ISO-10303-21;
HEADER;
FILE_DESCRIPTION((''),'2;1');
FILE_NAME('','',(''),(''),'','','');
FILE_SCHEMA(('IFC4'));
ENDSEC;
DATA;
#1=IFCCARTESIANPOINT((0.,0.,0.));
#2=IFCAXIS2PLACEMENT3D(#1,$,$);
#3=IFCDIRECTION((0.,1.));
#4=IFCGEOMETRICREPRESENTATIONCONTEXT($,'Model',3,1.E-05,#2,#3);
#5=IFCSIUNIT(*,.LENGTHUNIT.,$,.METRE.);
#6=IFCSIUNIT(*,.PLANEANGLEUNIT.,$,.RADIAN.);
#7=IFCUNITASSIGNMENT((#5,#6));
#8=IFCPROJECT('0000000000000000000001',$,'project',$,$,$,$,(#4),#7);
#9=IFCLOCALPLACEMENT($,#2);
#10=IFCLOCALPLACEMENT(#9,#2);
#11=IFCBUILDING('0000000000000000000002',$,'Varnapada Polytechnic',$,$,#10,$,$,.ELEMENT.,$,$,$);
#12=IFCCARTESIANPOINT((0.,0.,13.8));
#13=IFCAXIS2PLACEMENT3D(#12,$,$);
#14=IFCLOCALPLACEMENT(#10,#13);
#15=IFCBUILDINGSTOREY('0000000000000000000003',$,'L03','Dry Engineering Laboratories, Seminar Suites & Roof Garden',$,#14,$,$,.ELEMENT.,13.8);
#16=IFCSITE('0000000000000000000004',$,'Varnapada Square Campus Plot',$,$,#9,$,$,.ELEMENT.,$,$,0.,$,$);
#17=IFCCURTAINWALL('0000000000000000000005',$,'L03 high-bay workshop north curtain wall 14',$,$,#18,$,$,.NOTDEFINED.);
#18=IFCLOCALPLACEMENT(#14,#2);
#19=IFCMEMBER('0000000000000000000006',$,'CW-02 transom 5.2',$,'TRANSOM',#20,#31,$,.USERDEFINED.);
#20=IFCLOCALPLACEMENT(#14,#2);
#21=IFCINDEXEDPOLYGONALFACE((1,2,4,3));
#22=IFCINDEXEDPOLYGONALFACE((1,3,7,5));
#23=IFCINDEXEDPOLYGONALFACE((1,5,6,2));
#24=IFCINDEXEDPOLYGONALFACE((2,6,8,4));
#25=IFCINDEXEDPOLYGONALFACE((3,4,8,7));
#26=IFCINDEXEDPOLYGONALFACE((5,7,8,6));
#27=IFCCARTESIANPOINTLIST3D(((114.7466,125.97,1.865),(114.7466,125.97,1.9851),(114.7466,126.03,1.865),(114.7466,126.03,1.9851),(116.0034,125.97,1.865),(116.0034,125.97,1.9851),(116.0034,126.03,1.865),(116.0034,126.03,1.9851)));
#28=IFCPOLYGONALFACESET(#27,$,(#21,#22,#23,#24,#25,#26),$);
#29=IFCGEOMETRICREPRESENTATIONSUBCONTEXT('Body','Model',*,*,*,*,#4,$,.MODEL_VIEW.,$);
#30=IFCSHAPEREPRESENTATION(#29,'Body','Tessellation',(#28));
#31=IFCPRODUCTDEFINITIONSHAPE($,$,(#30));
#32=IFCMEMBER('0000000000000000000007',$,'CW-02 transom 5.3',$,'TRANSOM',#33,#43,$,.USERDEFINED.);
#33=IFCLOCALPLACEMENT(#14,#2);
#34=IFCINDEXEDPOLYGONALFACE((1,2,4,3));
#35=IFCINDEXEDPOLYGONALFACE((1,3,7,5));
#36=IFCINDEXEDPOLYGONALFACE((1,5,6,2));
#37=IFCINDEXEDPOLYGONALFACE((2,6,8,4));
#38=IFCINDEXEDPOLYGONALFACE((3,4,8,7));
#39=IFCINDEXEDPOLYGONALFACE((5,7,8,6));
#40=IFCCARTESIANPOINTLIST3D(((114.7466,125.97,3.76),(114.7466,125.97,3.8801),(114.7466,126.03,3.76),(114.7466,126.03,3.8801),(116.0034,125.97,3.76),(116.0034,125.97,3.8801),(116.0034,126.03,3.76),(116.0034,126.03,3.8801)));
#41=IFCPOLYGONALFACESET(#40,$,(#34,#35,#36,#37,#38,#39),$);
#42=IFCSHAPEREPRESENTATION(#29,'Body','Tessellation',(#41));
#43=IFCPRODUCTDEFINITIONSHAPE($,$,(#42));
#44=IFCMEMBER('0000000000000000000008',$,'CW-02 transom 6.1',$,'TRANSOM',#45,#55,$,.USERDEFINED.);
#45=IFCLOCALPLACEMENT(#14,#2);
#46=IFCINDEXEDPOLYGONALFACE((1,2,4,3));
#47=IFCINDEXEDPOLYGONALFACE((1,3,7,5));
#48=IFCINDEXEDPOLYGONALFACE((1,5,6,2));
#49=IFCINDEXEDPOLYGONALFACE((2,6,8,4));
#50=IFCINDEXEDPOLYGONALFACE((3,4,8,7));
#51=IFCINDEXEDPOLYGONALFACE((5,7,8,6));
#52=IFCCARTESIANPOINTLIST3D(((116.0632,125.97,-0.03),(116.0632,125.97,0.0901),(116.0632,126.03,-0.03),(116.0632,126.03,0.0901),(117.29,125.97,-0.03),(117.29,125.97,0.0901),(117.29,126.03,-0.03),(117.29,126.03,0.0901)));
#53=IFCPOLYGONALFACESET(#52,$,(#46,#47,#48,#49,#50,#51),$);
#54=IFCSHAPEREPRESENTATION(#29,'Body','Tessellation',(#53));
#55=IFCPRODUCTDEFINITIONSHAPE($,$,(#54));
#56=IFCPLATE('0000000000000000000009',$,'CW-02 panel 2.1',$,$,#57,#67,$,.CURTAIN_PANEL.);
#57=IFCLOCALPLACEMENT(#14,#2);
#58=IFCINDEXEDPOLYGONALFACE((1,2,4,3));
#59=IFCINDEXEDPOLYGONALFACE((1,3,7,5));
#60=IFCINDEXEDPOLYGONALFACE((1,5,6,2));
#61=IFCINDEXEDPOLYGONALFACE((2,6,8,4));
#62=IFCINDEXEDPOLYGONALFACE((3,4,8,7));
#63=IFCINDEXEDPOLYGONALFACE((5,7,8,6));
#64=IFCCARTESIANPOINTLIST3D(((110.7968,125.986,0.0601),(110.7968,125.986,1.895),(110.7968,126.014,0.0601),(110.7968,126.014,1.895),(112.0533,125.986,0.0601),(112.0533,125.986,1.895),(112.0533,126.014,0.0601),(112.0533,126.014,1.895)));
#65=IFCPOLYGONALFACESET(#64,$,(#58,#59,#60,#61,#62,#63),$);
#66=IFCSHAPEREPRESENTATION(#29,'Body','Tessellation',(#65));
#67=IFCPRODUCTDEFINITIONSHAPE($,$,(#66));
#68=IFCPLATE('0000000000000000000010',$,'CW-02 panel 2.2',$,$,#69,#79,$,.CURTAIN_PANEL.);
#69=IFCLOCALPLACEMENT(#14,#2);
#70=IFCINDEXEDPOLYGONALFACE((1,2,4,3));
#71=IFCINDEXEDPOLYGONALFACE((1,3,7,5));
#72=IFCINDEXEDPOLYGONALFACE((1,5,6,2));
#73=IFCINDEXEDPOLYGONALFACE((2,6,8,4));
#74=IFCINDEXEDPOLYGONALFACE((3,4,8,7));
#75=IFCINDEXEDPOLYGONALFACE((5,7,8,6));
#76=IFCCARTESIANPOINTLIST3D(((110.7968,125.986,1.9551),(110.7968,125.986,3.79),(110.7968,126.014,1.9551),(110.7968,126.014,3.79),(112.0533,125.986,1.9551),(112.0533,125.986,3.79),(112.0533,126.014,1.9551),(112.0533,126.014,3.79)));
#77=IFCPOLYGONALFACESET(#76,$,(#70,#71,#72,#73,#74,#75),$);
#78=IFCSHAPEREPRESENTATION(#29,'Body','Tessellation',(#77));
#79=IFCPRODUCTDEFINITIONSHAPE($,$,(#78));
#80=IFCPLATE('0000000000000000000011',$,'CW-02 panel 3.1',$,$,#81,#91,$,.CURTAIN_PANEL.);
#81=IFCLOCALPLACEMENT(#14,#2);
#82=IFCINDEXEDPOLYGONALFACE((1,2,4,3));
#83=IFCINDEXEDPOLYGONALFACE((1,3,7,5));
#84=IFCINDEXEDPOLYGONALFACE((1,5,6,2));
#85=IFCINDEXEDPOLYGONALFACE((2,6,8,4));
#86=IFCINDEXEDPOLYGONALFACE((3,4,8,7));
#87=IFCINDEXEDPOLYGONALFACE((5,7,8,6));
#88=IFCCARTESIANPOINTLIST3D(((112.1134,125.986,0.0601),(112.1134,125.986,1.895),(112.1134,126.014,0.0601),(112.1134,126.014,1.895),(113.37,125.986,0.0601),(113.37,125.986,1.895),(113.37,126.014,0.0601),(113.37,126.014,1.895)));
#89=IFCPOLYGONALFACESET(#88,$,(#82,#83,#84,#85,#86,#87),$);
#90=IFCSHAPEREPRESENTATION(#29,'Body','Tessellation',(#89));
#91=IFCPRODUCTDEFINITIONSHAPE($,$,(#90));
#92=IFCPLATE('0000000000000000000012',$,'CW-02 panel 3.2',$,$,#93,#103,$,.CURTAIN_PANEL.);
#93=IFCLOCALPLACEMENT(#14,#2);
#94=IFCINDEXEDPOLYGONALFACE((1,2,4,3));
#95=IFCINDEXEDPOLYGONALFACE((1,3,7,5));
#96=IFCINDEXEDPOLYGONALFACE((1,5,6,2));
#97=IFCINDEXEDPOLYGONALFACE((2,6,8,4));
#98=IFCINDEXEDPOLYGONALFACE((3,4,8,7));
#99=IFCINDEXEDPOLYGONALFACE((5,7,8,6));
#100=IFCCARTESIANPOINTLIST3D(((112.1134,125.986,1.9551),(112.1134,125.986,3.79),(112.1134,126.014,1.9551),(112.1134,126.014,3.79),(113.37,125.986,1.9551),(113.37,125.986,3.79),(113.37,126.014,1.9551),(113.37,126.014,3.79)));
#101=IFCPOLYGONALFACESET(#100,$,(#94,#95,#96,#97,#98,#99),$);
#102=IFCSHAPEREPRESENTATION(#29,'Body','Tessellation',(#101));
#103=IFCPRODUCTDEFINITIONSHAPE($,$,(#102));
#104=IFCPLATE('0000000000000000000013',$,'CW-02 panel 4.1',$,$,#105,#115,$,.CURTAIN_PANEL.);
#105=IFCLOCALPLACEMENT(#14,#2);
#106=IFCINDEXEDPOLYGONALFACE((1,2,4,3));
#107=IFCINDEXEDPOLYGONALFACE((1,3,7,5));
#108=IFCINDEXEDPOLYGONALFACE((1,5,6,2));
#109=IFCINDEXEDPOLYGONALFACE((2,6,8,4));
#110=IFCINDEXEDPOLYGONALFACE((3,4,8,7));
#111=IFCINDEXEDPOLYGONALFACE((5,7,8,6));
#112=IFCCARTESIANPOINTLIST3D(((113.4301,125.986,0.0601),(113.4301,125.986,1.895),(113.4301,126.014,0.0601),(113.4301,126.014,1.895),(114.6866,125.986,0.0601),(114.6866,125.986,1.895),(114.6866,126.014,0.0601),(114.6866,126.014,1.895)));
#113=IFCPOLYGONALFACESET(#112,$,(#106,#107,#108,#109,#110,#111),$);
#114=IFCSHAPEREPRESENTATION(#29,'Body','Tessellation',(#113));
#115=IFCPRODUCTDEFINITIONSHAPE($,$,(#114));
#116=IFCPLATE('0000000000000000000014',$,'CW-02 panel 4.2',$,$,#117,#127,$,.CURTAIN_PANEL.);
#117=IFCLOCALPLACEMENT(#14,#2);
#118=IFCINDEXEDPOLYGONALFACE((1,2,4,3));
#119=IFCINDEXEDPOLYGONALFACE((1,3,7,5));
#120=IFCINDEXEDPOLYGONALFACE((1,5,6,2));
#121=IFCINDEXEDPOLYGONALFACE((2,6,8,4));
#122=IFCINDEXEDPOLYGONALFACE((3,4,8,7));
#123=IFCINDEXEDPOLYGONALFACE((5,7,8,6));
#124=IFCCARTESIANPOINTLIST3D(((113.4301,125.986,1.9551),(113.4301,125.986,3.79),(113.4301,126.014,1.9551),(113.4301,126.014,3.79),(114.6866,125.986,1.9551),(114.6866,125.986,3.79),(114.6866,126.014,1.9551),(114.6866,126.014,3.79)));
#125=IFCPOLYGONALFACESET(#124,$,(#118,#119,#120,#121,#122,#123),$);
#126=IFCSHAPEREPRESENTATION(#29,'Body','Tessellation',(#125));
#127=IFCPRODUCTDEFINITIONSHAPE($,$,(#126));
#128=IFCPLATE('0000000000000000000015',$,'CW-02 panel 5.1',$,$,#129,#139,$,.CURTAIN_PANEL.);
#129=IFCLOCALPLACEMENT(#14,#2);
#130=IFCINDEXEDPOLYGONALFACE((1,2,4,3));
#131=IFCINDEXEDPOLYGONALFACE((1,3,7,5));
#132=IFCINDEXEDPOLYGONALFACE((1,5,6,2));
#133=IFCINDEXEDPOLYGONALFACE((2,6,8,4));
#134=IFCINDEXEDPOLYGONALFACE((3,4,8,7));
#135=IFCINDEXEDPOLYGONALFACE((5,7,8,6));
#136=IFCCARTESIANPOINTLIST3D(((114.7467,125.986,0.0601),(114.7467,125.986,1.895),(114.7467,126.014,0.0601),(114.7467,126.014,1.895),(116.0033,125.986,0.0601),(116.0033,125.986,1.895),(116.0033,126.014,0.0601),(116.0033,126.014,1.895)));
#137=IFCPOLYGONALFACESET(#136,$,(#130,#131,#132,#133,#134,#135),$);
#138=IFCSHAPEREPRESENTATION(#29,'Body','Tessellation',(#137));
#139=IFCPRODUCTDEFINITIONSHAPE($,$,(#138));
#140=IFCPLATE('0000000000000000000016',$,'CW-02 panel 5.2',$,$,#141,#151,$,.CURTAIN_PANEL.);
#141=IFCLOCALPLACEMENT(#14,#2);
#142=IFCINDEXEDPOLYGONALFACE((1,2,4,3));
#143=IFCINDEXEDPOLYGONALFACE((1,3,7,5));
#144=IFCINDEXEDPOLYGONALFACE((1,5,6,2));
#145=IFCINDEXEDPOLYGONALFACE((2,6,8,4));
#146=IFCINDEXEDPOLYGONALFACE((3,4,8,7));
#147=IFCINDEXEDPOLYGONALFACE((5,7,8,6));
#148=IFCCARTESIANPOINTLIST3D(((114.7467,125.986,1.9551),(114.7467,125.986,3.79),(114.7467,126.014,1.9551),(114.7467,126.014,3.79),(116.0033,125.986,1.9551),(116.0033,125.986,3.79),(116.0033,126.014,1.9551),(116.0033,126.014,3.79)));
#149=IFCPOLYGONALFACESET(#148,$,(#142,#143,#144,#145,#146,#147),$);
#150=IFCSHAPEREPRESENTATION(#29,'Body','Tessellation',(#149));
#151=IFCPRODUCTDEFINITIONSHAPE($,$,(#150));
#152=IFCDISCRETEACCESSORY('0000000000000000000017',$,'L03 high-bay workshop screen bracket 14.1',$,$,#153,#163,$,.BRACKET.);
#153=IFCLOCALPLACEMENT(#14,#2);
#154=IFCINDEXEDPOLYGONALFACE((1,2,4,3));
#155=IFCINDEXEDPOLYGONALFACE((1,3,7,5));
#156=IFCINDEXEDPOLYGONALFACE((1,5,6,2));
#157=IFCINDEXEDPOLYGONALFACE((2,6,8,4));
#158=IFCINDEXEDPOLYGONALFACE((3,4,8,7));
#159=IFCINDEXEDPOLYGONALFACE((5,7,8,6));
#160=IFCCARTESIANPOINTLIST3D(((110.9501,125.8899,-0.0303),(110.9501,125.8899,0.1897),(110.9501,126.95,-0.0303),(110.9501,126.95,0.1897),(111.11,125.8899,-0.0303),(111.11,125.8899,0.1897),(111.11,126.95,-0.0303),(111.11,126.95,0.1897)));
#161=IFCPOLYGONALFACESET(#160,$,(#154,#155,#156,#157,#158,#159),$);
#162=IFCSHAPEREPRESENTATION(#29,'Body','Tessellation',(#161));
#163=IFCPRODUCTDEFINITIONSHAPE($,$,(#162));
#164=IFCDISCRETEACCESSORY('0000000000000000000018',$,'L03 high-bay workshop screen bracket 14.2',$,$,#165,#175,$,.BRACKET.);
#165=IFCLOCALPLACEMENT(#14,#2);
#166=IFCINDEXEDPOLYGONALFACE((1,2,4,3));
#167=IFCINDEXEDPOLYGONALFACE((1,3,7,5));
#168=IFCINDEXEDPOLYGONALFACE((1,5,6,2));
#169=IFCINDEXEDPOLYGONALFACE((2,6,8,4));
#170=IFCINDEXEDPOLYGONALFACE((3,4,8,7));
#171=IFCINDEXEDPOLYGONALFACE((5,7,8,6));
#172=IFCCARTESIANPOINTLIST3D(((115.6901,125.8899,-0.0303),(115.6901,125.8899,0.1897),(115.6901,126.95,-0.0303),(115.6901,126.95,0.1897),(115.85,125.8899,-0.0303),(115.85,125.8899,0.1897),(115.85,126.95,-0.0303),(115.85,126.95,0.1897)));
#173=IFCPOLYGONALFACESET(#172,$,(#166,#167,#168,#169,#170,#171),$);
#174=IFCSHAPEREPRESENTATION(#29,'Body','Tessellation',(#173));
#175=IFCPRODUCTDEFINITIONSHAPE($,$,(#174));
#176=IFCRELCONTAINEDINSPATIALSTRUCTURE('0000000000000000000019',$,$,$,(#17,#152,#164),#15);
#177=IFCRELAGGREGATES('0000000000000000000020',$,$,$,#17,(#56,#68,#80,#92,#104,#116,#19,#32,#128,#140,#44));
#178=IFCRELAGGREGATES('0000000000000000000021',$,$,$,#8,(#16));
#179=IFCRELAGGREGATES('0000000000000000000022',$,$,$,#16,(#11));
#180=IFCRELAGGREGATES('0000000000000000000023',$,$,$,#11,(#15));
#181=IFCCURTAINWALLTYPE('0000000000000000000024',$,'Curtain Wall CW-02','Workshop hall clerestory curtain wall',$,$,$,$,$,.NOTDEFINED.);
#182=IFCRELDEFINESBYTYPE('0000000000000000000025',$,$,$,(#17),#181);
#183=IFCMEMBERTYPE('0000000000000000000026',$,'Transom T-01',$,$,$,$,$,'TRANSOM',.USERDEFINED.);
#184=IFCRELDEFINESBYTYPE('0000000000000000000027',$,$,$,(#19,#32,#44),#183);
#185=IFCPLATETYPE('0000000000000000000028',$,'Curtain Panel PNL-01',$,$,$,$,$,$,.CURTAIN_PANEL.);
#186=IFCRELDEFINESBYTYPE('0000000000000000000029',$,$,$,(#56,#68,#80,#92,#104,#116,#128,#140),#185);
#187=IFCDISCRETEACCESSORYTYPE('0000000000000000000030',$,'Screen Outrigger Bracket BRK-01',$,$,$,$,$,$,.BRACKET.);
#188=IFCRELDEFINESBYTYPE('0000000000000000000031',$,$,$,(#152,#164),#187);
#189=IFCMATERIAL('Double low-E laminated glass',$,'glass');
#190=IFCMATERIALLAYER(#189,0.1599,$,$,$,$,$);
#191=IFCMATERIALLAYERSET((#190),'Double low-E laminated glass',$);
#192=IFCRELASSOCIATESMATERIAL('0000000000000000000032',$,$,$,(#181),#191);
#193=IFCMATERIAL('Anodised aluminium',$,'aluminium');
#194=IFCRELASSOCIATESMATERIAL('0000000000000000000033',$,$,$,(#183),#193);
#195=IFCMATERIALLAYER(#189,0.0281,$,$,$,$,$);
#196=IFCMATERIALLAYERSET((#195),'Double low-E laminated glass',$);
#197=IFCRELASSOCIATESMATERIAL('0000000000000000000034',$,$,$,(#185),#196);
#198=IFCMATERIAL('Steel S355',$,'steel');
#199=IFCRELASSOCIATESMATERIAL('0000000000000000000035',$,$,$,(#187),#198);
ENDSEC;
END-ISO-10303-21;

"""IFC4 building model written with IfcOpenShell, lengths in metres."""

from ifc_helpers import new_model, si_unit, direction, frame, origin, origin_2d, place, context, subcontext, project, spatial, rectangle, extrude, material, layer, layer_set, material_profile, profile_set, type_object, element, aggregate, save


model = new_model("IFC4")

# Units and contexts
model_context = context("Model", 3, precision=1e-05, world=origin(), true_north=direction((0.0, 1.0)))
body_context = subcontext(model_context, "Body", "Model", "MODEL_VIEW")
ifc_project = project(units=[si_unit("LENGTHUNIT", "METRE"), si_unit("PLANEANGLEUNIT", "RADIAN")], contexts=[model_context])

# Site, building, storey
site_placement = place(None, origin())
site = spatial("IfcSite", under=ifc_project, at=site_placement, Name="Varnapada Square Campus Plot", CompositionType="ELEMENT", RefElevation=0.0)
building_placement = place(site_placement, origin())
building = spatial("IfcBuilding", under=site, at=building_placement, Name="Varnapada Polytechnic", CompositionType="ELEMENT")
storey_placement = place(building_placement, frame((0.0, 0.0, 13.8)))
storey = spatial("IfcBuildingStorey", under=building, at=storey_placement, Name="L03", Description="Dry Engineering Laboratories, Seminar Suites & Roof Garden", CompositionType="ELEMENT", Elevation=13.8)

# Curtain wall, members, plates
ifc_material_1 = material(Name="Double low-E laminated glass", Category="glass")
ifc_layer_1 = layer(ifc_material_1, 0.1599)
ifc_layer_set_1 = layer_set([ifc_layer_1], Name="Double low-E laminated glass")
curtain_wall_type = type_object("IfcCurtainWallType", Name="Curtain Wall CW-02", Description="Workshop hall clerestory curtain wall", PredefinedType="NOTDEFINED", material=ifc_layer_set_1)
curtain_wall_placement = place(storey_placement, origin())
curtain_wall = element("IfcCurtainWall", 1, at=curtain_wall_placement, inside=storey, type_object=curtain_wall_type, Name="L03 high-bay workshop north curtain wall 14", PredefinedType="NOTDEFINED")
ifc_material_2 = material(Name="Anodised aluminium", Category="aluminium")
ifc_material_profile_1 = material_profile(ifc_material_2, rectangle(XDim=0.0601, YDim=0.1201, at=origin_2d()), Name="ALU T60x120")
ifc_profile_set_1 = profile_set([ifc_material_profile_1], Name="Anodised aluminium")
member_type_1 = type_object("IfcMemberType", Name="Transom T-01", ElementType="TRANSOM", PredefinedType="USERDEFINED", material=ifc_profile_set_1)
member_1_placement = place(storey_placement, frame((114.7466, 126.0, 1.925), z_axis=(1.0, 0.0, 0.0), x_axis=(0.0, 1.0, 0.0)))
member_1 = element("IfcMember", 2, at=member_1_placement, type_object=member_type_1, Name="CW-02 transom 5.2", ObjectType="TRANSOM", PredefinedType="USERDEFINED", context=body_context, shape_type="SweptSolid", body=[
    extrude(rectangle(XDim=0.0601, YDim=0.1201, at=origin_2d()), origin(), (0.0, 0.0, 1.0), 1.2568),
])
member_2_placement = place(storey_placement, frame((114.7466, 126.0, 3.8201), z_axis=(1.0, 0.0, 0.0), x_axis=(0.0, 1.0, 0.0)))
member_2 = element("IfcMember", 3, at=member_2_placement, type_object=member_type_1, Name="CW-02 transom 5.3", ObjectType="TRANSOM", PredefinedType="USERDEFINED", context=body_context, shape_type="SweptSolid", body=[
    extrude(rectangle(XDim=0.0601, YDim=0.1201, at=origin_2d()), origin(), (0.0, 0.0, 1.0), 1.2568),
])
member_3_placement = place(storey_placement, frame((116.0632, 126.0, 0.03), z_axis=(1.0, 0.0, 0.0), x_axis=(0.0, 1.0, 0.0)))
member_3 = element("IfcMember", 4, at=member_3_placement, type_object=member_type_1, Name="CW-02 transom 6.1", ObjectType="TRANSOM", PredefinedType="USERDEFINED", context=body_context, shape_type="SweptSolid", body=[
    extrude(rectangle(XDim=0.0601, YDim=0.1201, at=origin_2d()), origin(), (0.0, 0.0, 1.0), 1.2268),
])
ifc_layer_2 = layer(ifc_material_1, 0.0281)
ifc_layer_set_2 = layer_set([ifc_layer_2], Name="Double low-E laminated glass")
plate_type = type_object("IfcPlateType", Name="Curtain Panel PNL-01", PredefinedType="CURTAIN_PANEL", material=ifc_layer_set_2)
plate_1_placement = place(storey_placement, frame((111.425, 126.0, 0.0601), z_axis=(0.0, 0.0, 1.0), x_axis=(1.0, 0.0, 0.0)))
plate_1 = element("IfcPlate", 5, at=plate_1_placement, type_object=plate_type, Name="CW-02 panel 2.1", PredefinedType="CURTAIN_PANEL", context=body_context, shape_type="SweptSolid", body=[
    extrude(rectangle(XDim=1.2566, YDim=0.0281, at=origin_2d()), origin(), (0.0, 0.0, 1.0), 1.835),
])
plate_2_placement = place(storey_placement, frame((111.425, 126.0, 1.9551), z_axis=(0.0, 0.0, 1.0), x_axis=(1.0, 0.0, 0.0)))
plate_2 = element("IfcPlate", 6, at=plate_2_placement, type_object=plate_type, Name="CW-02 panel 2.2", PredefinedType="CURTAIN_PANEL", context=body_context, shape_type="SweptSolid", body=[
    extrude(rectangle(XDim=1.2566, YDim=0.0281, at=origin_2d()), origin(), (0.0, 0.0, 1.0), 1.835),
])
plate_3_placement = place(storey_placement, frame((112.7417, 126.0, 0.0601), z_axis=(0.0, 0.0, 1.0), x_axis=(1.0, 0.0, 0.0)))
plate_3 = element("IfcPlate", 7, at=plate_3_placement, type_object=plate_type, Name="CW-02 panel 3.1", PredefinedType="CURTAIN_PANEL", context=body_context, shape_type="SweptSolid", body=[
    extrude(rectangle(XDim=1.2566, YDim=0.0281, at=origin_2d()), origin(), (0.0, 0.0, 1.0), 1.835),
])
plate_4_placement = place(storey_placement, frame((112.7417, 126.0, 1.9551), z_axis=(0.0, 0.0, 1.0), x_axis=(1.0, 0.0, 0.0)))
plate_4 = element("IfcPlate", 8, at=plate_4_placement, type_object=plate_type, Name="CW-02 panel 3.2", PredefinedType="CURTAIN_PANEL", context=body_context, shape_type="SweptSolid", body=[
    extrude(rectangle(XDim=1.2566, YDim=0.0281, at=origin_2d()), origin(), (0.0, 0.0, 1.0), 1.835),
])
plate_5_placement = place(storey_placement, frame((114.0583, 126.0, 0.0601), z_axis=(0.0, 0.0, 1.0), x_axis=(1.0, 0.0, 0.0)))
plate_5 = element("IfcPlate", 9, at=plate_5_placement, type_object=plate_type, Name="CW-02 panel 4.1", PredefinedType="CURTAIN_PANEL", context=body_context, shape_type="SweptSolid", body=[
    extrude(rectangle(XDim=1.2566, YDim=0.0281, at=origin_2d()), origin(), (0.0, 0.0, 1.0), 1.835),
])
plate_6_placement = place(storey_placement, frame((114.0583, 126.0, 1.9551), z_axis=(0.0, 0.0, 1.0), x_axis=(1.0, 0.0, 0.0)))
plate_6 = element("IfcPlate", 10, at=plate_6_placement, type_object=plate_type, Name="CW-02 panel 4.2", PredefinedType="CURTAIN_PANEL", context=body_context, shape_type="SweptSolid", body=[
    extrude(rectangle(XDim=1.2566, YDim=0.0281, at=origin_2d()), origin(), (0.0, 0.0, 1.0), 1.835),
])
plate_7_placement = place(storey_placement, frame((115.375, 126.0, 0.0601), z_axis=(0.0, 0.0, 1.0), x_axis=(1.0, 0.0, 0.0)))
plate_7 = element("IfcPlate", 11, at=plate_7_placement, type_object=plate_type, Name="CW-02 panel 5.1", PredefinedType="CURTAIN_PANEL", context=body_context, shape_type="SweptSolid", body=[
    extrude(rectangle(XDim=1.2566, YDim=0.0281, at=origin_2d()), origin(), (0.0, 0.0, 1.0), 1.835),
])
plate_8_placement = place(storey_placement, frame((115.375, 126.0, 1.9551), z_axis=(0.0, 0.0, 1.0), x_axis=(1.0, 0.0, 0.0)))
plate_8 = element("IfcPlate", 12, at=plate_8_placement, type_object=plate_type, Name="CW-02 panel 5.2", PredefinedType="CURTAIN_PANEL", context=body_context, shape_type="SweptSolid", body=[
    extrude(rectangle(XDim=1.2566, YDim=0.0281, at=origin_2d()), origin(), (0.0, 0.0, 1.0), 1.835),
])
aggregate(curtain_wall, [plate_1, plate_2, plate_3, plate_4, plate_5, plate_6, member_1, member_2, plate_7, plate_8, member_3])

# Discrete accessories
ifc_material_3 = material(Name="Steel S355", Category="steel")
discrete_accessory_type = type_object("IfcDiscreteAccessoryType", Name="Screen Outrigger Bracket BRK-01", PredefinedType="BRACKET", material=ifc_material_3)
for number, where, z_axis, x_axis, name in (
    (13, (111.03, 126.4199, -0.0303), (0.0, 0.0, 1.0), (1.0, 0.0, 0.0), "L03 high-bay workshop screen bracket 14.1"),
    (14, (115.77, 126.4199, -0.0303), (0.0, 0.0, 1.0), (1.0, 0.0, 0.0), "L03 high-bay workshop screen bracket 14.2"),
):
    element("IfcDiscreteAccessory", number, at=place(storey_placement, frame(where, z_axis=z_axis, x_axis=x_axis)), inside=storey, type_object=discrete_accessory_type, Name=name, PredefinedType="BRACKET", context=body_context, shape_type="SweptSolid", body=[
        extrude(rectangle(XDim=0.1599, YDim=1.0601, at=origin_2d()), origin(), (0.0, 0.0, 1.0), 0.22),
    ])

save(model, "model.ifc")
